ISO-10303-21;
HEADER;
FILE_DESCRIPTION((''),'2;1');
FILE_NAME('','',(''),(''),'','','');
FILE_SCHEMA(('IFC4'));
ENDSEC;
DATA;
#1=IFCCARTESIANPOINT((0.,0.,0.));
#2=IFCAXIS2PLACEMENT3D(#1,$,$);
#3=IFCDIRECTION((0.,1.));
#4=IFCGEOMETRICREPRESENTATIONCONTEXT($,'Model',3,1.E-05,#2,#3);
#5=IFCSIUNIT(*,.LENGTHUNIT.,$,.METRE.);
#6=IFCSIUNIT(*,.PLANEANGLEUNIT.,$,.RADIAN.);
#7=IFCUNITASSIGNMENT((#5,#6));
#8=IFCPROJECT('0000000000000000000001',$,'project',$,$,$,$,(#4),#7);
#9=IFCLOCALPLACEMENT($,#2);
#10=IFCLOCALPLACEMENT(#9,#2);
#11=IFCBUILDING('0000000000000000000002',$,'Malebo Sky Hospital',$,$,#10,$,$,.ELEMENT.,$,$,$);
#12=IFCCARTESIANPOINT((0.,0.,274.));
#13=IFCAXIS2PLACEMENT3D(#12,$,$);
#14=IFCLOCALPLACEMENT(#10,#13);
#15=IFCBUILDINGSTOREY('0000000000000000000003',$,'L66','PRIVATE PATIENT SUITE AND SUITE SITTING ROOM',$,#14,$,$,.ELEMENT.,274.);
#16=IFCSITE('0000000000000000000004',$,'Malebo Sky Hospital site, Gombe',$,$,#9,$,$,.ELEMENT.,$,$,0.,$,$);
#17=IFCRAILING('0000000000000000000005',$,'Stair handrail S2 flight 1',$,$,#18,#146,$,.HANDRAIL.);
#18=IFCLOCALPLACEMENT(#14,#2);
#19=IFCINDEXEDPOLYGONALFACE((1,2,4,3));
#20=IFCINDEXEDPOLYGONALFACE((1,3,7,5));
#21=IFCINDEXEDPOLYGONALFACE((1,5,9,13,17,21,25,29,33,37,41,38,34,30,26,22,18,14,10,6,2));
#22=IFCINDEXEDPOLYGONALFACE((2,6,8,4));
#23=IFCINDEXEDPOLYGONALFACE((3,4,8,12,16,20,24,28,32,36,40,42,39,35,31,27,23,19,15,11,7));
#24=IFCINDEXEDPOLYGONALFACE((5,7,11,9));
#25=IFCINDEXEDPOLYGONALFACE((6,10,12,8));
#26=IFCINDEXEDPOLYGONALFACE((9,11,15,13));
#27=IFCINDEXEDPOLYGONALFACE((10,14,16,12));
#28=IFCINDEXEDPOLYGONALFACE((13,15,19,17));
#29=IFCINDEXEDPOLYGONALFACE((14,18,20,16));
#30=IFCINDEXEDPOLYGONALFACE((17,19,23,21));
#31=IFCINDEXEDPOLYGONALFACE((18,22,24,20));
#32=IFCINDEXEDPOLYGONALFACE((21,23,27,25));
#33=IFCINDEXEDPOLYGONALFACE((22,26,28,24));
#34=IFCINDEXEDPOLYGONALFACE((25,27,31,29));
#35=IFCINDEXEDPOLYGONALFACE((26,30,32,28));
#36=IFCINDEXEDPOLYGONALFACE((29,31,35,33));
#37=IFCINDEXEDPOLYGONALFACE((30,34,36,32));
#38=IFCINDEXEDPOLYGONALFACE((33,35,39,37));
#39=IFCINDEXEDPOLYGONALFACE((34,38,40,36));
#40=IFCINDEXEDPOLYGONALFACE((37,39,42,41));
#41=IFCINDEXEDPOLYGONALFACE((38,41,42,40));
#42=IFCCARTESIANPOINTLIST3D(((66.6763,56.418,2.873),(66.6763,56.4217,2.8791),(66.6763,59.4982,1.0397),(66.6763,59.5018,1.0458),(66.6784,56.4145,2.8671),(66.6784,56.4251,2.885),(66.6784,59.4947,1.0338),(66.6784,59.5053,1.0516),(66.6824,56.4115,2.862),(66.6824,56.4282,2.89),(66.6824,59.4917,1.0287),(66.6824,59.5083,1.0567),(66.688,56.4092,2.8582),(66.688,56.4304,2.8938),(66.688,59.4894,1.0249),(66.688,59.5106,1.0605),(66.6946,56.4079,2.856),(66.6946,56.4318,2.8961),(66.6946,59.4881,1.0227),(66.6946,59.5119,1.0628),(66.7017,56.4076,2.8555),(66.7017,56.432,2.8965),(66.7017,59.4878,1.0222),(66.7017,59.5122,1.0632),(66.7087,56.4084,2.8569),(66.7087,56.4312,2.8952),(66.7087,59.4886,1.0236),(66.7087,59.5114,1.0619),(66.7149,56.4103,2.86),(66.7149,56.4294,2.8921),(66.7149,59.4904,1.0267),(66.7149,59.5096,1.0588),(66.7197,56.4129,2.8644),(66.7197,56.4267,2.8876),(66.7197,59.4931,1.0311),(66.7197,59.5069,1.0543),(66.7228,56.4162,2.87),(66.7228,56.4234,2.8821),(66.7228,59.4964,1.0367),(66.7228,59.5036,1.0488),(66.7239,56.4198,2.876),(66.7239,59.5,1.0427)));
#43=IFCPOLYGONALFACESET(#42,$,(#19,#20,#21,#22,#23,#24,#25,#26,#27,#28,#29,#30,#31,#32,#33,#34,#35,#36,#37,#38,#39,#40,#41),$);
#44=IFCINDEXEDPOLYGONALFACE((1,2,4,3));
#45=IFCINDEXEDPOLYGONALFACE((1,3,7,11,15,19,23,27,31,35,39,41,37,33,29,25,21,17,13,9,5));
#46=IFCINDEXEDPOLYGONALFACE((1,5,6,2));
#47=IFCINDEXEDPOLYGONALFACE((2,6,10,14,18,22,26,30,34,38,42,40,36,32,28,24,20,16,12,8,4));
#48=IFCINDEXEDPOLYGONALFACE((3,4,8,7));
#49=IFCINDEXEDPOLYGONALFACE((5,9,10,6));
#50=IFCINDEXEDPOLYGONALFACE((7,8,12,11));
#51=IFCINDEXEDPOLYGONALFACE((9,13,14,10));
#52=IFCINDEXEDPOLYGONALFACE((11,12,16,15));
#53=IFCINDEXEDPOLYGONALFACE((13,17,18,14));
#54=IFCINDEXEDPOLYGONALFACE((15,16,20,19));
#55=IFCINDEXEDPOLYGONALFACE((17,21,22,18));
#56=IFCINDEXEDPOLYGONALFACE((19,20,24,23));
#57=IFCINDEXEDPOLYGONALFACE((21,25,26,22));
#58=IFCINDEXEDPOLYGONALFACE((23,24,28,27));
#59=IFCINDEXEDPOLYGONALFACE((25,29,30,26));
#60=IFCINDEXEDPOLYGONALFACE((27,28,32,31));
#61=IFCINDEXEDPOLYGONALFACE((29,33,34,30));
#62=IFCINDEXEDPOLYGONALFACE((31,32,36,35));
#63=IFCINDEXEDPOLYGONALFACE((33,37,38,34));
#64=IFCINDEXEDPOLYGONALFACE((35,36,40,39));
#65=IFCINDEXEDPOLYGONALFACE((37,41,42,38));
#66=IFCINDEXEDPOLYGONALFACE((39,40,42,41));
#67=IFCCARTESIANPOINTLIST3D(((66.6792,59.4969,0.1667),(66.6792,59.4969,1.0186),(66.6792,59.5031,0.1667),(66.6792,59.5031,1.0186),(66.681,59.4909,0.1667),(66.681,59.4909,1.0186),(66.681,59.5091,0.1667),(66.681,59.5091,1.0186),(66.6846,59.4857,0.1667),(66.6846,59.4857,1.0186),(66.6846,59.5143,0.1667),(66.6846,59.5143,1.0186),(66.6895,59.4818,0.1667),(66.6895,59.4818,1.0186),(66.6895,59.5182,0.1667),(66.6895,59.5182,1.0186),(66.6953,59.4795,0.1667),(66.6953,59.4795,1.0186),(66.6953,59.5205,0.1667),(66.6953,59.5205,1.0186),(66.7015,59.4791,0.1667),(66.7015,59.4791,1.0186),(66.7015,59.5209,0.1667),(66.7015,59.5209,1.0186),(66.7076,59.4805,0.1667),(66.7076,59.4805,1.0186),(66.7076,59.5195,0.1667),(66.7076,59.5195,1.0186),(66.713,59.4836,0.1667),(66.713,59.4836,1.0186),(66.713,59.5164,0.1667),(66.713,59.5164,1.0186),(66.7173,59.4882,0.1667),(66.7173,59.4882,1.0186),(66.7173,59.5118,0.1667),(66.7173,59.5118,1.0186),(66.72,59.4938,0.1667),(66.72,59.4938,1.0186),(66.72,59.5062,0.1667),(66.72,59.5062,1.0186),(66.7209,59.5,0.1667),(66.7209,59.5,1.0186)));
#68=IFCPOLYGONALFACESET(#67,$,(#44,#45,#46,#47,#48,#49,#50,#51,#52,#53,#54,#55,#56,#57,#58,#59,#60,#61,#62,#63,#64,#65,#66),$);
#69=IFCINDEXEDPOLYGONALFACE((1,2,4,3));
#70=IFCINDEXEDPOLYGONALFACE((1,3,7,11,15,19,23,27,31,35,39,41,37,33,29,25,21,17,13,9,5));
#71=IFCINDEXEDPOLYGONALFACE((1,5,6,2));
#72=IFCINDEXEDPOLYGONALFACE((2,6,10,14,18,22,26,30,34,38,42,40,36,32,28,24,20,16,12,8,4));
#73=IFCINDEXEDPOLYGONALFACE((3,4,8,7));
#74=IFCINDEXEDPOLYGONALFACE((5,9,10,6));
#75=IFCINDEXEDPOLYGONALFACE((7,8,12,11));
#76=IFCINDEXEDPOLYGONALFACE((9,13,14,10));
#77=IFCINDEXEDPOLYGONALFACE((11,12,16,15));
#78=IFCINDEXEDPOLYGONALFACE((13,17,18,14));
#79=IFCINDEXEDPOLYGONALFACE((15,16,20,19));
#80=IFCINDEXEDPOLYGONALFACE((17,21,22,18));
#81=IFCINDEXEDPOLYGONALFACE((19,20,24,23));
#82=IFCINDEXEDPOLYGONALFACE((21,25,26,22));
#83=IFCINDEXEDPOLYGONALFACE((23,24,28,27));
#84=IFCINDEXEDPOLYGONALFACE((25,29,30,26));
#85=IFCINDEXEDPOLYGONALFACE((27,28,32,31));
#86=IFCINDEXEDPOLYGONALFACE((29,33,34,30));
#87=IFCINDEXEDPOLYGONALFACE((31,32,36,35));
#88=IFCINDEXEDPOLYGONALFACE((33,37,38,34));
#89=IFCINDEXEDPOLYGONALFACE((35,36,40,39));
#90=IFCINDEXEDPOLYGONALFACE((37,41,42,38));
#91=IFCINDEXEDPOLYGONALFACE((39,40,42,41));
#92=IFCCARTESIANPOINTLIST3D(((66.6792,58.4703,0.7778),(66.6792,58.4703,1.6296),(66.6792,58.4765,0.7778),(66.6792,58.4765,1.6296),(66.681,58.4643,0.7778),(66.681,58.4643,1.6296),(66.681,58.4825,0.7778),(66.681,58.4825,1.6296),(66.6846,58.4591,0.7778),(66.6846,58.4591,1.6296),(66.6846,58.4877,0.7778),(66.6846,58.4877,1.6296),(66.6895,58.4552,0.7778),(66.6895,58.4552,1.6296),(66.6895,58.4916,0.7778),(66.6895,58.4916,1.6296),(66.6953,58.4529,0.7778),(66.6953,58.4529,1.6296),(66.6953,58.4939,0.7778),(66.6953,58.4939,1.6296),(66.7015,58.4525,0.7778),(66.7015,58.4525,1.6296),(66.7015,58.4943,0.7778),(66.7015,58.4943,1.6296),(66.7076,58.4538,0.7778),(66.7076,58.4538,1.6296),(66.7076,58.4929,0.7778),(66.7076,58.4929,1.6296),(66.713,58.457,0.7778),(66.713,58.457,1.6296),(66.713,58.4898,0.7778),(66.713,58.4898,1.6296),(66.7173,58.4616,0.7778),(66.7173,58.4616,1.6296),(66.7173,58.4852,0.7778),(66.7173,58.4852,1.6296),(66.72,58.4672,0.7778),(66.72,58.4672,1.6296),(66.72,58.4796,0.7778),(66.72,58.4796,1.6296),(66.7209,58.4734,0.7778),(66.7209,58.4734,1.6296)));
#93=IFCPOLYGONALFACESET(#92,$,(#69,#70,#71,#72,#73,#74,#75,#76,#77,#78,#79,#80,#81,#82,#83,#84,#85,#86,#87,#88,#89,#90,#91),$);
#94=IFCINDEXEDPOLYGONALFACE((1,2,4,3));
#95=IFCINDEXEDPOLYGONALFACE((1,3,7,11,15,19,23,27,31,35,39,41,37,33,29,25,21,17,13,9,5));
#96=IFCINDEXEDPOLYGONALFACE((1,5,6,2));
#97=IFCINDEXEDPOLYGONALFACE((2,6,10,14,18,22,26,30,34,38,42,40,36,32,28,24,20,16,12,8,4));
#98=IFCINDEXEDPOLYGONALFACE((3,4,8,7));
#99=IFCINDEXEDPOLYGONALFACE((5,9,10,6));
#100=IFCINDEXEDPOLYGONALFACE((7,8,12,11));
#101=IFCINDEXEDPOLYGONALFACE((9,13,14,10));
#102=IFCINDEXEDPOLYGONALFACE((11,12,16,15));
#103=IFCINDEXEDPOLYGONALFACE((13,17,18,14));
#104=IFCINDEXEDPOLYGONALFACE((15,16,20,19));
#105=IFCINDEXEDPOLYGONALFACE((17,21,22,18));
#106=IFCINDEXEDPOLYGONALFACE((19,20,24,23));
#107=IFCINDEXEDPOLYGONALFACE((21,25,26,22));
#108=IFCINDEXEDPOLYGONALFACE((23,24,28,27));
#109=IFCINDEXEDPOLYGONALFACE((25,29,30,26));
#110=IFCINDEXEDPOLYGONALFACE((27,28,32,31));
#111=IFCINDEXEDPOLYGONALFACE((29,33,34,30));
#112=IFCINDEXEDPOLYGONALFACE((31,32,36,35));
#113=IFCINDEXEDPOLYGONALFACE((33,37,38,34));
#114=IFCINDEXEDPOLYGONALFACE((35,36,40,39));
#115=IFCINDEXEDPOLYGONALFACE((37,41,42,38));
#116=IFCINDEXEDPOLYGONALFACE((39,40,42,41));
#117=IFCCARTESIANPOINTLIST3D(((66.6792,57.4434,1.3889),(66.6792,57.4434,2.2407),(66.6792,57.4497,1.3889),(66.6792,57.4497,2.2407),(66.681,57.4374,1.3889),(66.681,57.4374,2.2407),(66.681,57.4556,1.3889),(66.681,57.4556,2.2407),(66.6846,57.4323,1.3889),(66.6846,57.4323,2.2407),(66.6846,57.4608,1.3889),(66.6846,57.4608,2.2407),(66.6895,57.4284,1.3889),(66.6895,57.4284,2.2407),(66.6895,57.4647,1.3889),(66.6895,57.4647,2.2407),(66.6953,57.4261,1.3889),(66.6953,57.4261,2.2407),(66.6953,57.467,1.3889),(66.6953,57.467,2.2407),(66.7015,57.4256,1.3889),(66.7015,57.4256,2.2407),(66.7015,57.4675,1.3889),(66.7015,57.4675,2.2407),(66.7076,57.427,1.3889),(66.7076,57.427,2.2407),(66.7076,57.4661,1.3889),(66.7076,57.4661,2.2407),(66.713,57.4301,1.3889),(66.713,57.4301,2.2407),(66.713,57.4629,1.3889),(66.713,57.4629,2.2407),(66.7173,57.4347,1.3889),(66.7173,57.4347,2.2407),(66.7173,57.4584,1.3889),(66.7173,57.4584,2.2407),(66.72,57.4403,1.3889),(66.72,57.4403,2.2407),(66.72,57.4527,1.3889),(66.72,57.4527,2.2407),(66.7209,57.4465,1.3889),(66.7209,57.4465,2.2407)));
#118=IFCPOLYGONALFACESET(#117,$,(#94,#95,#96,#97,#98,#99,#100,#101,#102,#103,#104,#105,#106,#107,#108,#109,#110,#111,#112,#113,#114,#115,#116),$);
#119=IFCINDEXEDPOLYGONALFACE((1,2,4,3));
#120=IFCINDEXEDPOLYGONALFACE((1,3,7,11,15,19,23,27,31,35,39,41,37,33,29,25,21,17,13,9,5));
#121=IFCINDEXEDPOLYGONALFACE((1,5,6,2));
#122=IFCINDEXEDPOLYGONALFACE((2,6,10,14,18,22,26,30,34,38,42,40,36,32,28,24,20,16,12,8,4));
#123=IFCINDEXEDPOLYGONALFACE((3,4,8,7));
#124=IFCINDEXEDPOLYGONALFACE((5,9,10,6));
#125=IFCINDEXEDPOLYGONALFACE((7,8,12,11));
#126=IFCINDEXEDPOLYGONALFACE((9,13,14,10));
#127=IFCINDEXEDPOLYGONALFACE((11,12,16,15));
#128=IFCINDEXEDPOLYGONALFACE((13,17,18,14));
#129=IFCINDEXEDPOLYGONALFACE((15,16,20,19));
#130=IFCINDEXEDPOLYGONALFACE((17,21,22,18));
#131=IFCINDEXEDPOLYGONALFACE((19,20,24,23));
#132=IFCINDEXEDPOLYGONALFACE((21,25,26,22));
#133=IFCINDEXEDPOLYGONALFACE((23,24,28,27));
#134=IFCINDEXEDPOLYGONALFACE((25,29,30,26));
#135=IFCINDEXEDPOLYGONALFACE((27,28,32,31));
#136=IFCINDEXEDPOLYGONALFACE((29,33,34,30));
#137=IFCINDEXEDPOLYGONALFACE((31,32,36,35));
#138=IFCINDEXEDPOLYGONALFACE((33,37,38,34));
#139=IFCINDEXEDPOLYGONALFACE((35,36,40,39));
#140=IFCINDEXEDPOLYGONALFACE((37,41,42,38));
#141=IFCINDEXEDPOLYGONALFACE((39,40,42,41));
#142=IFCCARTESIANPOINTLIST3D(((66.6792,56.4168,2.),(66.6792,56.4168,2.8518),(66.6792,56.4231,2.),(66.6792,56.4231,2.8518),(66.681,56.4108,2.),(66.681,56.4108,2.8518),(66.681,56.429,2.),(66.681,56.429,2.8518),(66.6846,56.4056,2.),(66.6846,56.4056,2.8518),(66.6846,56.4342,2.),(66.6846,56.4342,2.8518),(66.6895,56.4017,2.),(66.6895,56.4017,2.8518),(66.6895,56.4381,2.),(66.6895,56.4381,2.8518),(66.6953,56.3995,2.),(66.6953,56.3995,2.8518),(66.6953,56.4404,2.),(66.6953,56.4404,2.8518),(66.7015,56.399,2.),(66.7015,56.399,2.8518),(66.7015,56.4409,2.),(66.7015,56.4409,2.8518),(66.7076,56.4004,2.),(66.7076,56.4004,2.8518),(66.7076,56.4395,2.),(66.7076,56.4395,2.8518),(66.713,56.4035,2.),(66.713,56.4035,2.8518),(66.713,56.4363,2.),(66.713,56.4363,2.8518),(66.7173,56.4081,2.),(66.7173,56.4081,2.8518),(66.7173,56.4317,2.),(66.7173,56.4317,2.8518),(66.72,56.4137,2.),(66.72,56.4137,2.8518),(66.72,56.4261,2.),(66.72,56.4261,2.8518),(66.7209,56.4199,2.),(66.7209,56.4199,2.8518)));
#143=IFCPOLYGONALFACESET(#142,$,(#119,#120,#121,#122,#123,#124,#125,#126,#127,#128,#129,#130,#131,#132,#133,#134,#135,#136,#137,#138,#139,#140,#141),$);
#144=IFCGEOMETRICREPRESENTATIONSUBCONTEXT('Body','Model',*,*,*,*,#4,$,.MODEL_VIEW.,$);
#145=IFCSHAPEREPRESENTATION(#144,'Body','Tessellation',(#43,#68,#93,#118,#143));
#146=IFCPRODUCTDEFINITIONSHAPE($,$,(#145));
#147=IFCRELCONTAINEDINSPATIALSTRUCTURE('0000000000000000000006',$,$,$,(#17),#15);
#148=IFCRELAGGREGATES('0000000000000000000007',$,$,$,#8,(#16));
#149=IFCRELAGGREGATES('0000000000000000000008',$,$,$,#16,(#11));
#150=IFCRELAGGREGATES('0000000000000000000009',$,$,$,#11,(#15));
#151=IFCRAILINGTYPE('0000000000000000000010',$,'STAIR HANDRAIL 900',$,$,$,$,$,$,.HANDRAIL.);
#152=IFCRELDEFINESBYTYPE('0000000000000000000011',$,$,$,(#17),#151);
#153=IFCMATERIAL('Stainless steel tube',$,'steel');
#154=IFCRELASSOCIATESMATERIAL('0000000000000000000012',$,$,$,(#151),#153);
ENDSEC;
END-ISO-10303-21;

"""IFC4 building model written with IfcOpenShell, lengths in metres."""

from ifc_helpers import new_model, si_unit, direction, frame, origin, origin_2d, place, context, subcontext, project, spatial, circle, extrude, material, type_object, element, save


model = new_model("IFC4")

# Units and contexts
model_context = context("Model", 3, precision=1e-05, world=origin(), true_north=direction((0.0, 1.0)))
body_context = subcontext(model_context, "Body", "Model", "MODEL_VIEW")
ifc_project = project(units=[si_unit("LENGTHUNIT", "METRE"), si_unit("PLANEANGLEUNIT", "RADIAN")], contexts=[model_context])

# Site, building, storey
site_placement = place(None, origin())
site = spatial("IfcSite", under=ifc_project, at=site_placement, Name="Malebo Sky Hospital site, Gombe", CompositionType="ELEMENT", RefElevation=0.0)
building_placement = place(site_placement, origin())
building = spatial("IfcBuilding", under=site, at=building_placement, Name="Malebo Sky Hospital", CompositionType="ELEMENT")
storey_placement = place(building_placement, frame((0.0, 0.0, 274.0)))
storey = spatial("IfcBuildingStorey", under=building, at=storey_placement, Name="L66", Description="PRIVATE PATIENT SUITE AND SUITE SITTING ROOM", CompositionType="ELEMENT", Elevation=274.0)

# Railing
ifc_material_1 = material(Name="Stainless steel tube", Category="steel")
railing_type = type_object("IfcRailingType", Name="STAIR HANDRAIL 900", PredefinedType="HANDRAIL", material=ifc_material_1)
railing_placement = place(storey_placement, frame((66.7, 59.5, 0.1667)))
element("IfcRailing", 1, at=railing_placement, inside=storey, type_object=railing_type, Name="Stair handrail S2 flight 1", PredefinedType="HANDRAIL", context=body_context, shape_type="SweptSolid", body=[
    extrude(circle(Radius=0.0239, at=origin_2d()), frame((0.0, 0.0, 0.876), z_axis=(0.0, -0.859309, 0.511458), x_axis=(1.0, 0.0, 0.0)), (0.0, 0.0, 1.0), 3.5845),
    extrude(circle(Radius=0.021, at=origin_2d()), origin(), (0.0, 0.0, 1.0), 0.8518),
    extrude(circle(Radius=0.021, at=origin_2d()), frame((0.0, -1.0266, 0.6111)), (0.0, 0.0, 1.0), 0.8518),
    extrude(circle(Radius=0.021, at=origin_2d()), frame((0.0, -2.0535, 1.2222)), (0.0, 0.0, 1.0), 0.8518),
    extrude(circle(Radius=0.021, at=origin_2d()), frame((0.0, -3.0801, 1.8333)), (0.0, 0.0, 1.0), 0.8518),
])

save(model, "model.ifc")
